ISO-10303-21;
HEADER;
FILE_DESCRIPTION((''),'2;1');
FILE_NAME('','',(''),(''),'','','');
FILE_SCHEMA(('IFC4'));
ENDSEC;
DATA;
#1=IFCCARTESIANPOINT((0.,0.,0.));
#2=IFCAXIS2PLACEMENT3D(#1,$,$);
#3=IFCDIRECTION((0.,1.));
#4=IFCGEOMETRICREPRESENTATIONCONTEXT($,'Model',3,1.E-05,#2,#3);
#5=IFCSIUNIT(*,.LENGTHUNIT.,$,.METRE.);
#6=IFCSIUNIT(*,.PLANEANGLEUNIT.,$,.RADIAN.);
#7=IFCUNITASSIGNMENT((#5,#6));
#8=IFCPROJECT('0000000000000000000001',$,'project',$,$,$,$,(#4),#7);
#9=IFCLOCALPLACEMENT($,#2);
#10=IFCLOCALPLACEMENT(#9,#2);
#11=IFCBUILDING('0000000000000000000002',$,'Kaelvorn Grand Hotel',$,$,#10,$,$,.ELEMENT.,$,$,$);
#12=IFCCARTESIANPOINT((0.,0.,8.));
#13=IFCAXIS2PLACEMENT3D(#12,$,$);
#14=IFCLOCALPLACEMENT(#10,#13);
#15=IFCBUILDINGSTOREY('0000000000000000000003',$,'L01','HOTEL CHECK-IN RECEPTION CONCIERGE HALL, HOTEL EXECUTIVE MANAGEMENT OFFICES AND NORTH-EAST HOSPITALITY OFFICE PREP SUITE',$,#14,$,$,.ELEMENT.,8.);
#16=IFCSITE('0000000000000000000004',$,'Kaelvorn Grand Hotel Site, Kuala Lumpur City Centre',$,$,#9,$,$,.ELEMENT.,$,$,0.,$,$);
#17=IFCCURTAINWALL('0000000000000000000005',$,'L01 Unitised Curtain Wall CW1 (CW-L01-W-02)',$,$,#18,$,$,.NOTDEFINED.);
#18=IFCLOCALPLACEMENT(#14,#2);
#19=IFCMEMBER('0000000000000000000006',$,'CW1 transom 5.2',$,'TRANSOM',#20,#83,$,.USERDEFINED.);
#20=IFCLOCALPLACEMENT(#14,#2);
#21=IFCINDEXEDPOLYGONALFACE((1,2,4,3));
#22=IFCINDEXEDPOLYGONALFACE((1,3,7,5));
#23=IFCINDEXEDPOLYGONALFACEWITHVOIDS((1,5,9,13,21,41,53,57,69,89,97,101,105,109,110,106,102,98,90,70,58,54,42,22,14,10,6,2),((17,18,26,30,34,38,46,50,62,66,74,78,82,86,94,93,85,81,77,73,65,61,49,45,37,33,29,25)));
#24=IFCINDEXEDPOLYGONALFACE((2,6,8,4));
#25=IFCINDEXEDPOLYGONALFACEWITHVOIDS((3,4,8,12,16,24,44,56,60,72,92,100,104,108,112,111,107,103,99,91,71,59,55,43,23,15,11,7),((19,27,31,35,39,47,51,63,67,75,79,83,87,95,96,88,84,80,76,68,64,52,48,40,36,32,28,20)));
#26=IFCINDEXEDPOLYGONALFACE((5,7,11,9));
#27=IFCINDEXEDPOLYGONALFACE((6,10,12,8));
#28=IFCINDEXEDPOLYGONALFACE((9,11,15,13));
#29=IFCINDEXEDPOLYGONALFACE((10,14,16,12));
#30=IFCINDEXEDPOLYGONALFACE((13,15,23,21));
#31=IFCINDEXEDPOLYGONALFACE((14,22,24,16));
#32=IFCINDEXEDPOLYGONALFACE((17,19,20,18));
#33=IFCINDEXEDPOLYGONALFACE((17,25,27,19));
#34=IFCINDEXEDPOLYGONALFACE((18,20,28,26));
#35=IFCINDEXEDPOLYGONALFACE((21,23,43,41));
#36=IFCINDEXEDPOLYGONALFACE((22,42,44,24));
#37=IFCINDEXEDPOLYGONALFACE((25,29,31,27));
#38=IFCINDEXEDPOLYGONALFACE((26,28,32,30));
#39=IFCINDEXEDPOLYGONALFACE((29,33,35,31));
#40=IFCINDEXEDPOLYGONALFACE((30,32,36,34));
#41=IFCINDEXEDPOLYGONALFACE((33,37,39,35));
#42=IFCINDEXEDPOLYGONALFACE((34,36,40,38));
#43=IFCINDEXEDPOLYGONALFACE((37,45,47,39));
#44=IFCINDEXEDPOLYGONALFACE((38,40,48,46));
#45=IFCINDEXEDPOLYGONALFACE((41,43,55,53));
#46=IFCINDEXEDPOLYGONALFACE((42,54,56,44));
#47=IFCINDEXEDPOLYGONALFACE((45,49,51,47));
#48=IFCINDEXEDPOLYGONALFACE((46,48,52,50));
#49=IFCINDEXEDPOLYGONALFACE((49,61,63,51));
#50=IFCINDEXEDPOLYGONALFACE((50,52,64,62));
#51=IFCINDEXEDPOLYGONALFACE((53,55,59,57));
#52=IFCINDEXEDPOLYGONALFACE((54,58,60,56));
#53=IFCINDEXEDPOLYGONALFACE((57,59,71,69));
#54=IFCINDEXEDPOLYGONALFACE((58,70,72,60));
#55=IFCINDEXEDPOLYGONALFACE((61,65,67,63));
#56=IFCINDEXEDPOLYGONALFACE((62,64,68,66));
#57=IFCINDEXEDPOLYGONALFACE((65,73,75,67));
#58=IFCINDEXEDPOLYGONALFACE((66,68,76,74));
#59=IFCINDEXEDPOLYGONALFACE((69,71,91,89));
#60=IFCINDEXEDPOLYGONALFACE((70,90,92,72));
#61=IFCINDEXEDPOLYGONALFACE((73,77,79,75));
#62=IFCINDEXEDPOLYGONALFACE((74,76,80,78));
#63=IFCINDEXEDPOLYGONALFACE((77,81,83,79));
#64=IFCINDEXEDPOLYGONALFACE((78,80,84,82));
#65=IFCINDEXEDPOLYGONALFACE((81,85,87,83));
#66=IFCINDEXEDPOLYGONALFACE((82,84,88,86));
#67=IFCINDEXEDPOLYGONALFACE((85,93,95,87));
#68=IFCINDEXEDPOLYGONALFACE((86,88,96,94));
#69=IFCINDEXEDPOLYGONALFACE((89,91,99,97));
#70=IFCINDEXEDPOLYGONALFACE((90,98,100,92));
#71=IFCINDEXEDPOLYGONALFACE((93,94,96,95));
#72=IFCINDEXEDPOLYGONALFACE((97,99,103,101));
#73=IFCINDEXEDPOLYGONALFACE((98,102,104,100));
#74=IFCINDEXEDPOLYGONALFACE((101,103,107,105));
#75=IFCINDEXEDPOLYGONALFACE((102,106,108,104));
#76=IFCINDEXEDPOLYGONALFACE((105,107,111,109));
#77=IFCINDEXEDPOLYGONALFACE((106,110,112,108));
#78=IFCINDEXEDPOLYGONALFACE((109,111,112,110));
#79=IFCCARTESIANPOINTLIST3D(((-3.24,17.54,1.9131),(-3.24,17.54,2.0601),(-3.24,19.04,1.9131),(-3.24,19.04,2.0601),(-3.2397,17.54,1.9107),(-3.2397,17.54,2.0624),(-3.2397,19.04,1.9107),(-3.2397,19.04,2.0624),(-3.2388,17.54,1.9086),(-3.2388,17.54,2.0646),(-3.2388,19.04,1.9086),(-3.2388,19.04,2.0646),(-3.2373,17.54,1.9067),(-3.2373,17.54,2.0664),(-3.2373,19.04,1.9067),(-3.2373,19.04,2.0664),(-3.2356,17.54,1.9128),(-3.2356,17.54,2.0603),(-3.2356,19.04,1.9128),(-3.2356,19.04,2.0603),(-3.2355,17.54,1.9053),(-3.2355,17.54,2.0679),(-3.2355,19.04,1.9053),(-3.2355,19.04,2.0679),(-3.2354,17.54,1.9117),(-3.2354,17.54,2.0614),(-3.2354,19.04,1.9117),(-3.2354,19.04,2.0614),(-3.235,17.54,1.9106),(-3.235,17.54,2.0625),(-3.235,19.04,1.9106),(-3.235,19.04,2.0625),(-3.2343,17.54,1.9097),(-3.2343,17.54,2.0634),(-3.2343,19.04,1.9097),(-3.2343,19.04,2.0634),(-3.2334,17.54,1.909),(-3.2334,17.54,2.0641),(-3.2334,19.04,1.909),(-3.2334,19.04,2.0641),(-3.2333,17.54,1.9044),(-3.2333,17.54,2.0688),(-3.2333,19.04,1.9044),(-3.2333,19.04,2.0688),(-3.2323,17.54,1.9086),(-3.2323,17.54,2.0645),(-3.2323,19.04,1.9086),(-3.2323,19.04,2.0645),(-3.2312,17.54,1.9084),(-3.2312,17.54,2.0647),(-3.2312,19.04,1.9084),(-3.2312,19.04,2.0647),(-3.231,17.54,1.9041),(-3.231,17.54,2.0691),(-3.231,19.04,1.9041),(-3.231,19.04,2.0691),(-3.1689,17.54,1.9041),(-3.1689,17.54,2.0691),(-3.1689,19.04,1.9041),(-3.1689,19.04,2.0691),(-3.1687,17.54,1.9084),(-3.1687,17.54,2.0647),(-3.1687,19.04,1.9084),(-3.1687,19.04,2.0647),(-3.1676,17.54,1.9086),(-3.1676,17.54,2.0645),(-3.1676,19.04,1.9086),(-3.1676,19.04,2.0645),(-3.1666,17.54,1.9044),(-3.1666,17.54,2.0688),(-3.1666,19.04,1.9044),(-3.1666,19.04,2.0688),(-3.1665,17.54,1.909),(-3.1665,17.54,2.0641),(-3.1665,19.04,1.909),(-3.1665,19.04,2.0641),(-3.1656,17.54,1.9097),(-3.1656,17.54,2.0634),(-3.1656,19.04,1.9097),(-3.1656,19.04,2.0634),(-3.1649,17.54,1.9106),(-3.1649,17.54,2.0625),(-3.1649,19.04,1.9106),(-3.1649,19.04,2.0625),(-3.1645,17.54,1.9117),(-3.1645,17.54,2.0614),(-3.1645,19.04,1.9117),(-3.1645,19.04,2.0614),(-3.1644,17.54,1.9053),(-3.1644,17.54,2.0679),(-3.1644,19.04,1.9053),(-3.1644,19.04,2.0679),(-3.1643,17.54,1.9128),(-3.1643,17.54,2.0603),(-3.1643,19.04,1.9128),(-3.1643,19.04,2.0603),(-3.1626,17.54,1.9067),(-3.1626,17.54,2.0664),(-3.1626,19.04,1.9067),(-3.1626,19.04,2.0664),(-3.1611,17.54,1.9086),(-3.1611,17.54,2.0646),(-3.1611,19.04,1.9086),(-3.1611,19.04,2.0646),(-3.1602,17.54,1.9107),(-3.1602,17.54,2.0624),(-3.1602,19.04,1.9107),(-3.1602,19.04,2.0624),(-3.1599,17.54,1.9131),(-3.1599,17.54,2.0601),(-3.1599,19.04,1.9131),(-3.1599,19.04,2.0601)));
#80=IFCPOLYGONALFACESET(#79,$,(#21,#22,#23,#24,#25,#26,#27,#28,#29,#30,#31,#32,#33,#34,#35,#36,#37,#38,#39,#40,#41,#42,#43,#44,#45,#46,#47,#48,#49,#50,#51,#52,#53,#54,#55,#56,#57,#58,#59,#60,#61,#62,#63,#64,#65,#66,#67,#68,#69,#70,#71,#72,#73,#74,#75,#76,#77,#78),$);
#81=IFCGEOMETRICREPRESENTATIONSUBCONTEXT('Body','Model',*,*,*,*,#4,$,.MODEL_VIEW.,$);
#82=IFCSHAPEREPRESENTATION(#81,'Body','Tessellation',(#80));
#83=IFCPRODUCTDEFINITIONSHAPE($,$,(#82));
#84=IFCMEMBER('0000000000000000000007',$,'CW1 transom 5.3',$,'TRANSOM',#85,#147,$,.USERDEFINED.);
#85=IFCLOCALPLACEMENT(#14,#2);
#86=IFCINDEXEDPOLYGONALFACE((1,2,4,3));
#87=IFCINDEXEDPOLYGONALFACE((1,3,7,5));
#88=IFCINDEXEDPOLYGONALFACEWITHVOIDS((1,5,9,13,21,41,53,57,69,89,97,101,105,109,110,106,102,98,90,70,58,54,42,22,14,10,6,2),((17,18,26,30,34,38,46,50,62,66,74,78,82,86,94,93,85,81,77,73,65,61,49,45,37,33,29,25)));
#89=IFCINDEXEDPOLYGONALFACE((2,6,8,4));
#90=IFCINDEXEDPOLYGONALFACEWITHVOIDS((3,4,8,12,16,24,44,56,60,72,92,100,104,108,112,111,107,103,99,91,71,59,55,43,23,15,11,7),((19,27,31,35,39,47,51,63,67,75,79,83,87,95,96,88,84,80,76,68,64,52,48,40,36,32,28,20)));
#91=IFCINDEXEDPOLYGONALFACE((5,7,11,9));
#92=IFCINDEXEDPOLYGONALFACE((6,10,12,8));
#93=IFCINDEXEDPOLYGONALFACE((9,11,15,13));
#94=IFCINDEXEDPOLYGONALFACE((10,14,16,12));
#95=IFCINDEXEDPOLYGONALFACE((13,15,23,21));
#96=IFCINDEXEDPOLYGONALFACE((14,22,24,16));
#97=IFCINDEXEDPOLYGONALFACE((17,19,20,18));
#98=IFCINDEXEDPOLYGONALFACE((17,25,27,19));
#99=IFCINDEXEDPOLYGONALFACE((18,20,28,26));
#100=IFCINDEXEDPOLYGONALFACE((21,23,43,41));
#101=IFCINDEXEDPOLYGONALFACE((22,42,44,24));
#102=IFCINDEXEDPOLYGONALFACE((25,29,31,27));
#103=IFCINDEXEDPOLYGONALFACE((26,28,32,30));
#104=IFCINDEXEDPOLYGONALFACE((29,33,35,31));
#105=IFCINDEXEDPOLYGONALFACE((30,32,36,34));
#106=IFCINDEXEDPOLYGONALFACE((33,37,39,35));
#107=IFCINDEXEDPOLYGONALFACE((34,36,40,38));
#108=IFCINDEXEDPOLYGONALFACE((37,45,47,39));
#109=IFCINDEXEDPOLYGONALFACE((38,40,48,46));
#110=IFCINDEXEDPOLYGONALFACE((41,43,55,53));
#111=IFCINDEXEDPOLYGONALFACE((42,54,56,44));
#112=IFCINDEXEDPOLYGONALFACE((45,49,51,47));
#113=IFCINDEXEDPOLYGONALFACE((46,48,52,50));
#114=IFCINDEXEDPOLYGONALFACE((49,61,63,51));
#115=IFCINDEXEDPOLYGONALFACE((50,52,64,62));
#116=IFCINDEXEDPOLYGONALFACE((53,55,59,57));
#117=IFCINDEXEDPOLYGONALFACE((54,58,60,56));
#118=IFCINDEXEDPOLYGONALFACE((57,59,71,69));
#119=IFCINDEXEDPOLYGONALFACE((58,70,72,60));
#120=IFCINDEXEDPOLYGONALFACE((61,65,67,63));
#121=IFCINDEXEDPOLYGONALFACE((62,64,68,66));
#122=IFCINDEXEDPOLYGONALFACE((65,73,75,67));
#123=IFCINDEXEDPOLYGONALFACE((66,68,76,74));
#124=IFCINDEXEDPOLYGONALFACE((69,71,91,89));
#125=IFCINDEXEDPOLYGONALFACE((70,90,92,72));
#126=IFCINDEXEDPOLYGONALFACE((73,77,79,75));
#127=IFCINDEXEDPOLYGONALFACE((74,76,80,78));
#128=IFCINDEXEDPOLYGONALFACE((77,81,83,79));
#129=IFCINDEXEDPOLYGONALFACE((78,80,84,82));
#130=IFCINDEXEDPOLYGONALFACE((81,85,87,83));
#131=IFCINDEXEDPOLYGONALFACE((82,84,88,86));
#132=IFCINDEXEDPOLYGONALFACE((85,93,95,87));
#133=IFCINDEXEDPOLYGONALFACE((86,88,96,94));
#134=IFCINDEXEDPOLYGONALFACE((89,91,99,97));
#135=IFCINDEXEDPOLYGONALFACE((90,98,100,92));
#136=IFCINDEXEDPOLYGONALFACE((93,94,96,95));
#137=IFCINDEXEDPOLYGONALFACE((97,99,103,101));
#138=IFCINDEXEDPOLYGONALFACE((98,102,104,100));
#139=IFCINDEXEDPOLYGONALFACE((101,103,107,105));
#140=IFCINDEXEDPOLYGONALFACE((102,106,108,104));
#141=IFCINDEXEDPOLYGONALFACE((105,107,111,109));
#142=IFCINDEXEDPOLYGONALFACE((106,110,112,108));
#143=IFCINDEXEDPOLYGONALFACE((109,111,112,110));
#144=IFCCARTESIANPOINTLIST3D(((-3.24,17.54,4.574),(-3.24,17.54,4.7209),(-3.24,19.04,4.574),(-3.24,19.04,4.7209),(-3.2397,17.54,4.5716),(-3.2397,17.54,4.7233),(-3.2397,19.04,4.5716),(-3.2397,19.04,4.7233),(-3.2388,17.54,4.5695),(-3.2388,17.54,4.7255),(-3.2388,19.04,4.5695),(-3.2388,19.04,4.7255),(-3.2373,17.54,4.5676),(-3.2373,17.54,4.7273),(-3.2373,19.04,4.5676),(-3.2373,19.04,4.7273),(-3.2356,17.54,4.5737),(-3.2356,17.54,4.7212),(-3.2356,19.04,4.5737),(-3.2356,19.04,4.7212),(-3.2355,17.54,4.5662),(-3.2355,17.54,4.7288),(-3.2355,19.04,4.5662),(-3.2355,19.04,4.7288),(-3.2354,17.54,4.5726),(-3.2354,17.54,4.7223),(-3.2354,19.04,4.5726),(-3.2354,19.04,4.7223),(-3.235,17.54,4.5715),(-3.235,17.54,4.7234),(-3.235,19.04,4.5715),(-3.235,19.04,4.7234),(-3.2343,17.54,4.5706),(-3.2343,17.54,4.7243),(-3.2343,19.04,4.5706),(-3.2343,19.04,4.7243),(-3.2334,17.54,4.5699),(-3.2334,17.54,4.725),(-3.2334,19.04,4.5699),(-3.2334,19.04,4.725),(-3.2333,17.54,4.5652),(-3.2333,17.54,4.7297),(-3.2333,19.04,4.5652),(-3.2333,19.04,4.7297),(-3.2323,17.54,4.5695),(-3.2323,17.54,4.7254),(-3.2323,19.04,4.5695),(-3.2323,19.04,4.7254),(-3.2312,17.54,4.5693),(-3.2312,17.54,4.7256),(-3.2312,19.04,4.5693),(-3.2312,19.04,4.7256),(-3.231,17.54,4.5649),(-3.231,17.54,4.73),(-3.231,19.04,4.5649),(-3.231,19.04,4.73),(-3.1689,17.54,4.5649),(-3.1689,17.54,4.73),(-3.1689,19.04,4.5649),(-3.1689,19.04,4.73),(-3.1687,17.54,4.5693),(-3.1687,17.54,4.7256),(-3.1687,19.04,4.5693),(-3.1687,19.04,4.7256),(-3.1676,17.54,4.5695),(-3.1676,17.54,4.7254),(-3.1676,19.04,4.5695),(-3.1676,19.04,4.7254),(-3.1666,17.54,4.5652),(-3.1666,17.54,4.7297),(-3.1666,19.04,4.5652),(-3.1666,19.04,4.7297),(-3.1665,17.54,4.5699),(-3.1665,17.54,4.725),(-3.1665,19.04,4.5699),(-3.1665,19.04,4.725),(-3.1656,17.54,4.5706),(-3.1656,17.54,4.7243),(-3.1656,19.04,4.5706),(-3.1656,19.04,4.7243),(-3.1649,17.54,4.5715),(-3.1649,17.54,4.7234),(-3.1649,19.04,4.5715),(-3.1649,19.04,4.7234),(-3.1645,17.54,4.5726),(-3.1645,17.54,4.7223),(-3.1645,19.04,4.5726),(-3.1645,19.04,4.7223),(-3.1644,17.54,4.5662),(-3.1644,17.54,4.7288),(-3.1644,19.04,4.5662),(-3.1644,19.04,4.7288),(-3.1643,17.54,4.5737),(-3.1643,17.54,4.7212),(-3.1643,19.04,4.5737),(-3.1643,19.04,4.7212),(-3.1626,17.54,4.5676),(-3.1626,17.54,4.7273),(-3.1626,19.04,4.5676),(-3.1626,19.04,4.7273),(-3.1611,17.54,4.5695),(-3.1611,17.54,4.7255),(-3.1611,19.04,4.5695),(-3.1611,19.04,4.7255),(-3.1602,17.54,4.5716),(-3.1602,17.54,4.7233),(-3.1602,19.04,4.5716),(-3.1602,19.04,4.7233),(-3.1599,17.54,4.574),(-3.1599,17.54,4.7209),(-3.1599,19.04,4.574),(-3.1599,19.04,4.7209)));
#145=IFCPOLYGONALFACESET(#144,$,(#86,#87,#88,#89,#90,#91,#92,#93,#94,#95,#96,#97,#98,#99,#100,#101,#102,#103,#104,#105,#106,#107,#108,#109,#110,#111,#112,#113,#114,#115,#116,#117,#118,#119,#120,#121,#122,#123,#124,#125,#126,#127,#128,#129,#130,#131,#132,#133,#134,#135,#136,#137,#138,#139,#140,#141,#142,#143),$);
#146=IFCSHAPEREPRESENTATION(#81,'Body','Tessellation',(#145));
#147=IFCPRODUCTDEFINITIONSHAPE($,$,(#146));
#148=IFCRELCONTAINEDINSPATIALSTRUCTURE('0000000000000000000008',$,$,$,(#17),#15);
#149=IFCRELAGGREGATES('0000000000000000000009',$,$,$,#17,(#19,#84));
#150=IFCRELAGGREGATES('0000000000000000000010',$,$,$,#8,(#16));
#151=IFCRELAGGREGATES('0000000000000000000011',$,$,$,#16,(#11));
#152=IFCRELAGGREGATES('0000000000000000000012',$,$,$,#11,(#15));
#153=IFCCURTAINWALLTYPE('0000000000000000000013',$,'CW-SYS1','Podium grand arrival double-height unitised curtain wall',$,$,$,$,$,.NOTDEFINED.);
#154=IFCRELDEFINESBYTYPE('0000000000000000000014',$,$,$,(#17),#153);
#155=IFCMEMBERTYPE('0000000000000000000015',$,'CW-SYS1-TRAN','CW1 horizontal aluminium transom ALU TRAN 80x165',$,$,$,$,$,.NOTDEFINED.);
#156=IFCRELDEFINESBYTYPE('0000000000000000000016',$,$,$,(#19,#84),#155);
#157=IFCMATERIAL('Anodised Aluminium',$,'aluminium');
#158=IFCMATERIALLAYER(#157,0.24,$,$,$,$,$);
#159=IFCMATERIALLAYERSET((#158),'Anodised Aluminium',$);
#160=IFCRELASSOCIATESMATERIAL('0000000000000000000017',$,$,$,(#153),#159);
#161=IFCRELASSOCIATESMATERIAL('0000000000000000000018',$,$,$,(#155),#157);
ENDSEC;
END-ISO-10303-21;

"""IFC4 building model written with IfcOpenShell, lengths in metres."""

from ifc_helpers import new_model, si_unit, direction, frame, origin, origin_2d, place, context, subcontext, project, spatial, hollow_rectangle, extrude, material, layer, layer_set, material_profile, profile_set, type_object, element, aggregate, save


model = new_model("IFC4")

# Units and contexts
model_context = context("Model", 3, precision=1e-05, world=origin(), true_north=direction((0.0, 1.0)))
body_context = subcontext(model_context, "Body", "Model", "MODEL_VIEW")
ifc_project = project(units=[si_unit("LENGTHUNIT", "METRE"), si_unit("PLANEANGLEUNIT", "RADIAN")], contexts=[model_context])

# Site, building, storey
site_placement = place(None, origin())
site = spatial("IfcSite", under=ifc_project, at=site_placement, Name="Kaelvorn Grand Hotel Site, Kuala Lumpur City Centre", CompositionType="ELEMENT", RefElevation=0.0)
building_placement = place(site_placement, origin())
building = spatial("IfcBuilding", under=site, at=building_placement, Name="Kaelvorn Grand Hotel", CompositionType="ELEMENT")
storey_placement = place(building_placement, frame((0.0, 0.0, 8.0)))
storey = spatial("IfcBuildingStorey", under=building, at=storey_placement, Name="L01", Description="HOTEL CHECK-IN RECEPTION CONCIERGE HALL, HOTEL EXECUTIVE MANAGEMENT OFFICES AND NORTH-EAST HOSPITALITY OFFICE PREP SUITE", CompositionType="ELEMENT", Elevation=8.0)

# Curtain wall
ifc_material_1 = material(Name="Anodised Aluminium", Category="aluminium")
ifc_layer_1 = layer(ifc_material_1, 0.24)
ifc_layer_set_1 = layer_set([ifc_layer_1], Name="Anodised Aluminium")
curtain_wall_type = type_object("IfcCurtainWallType", Name="CW-SYS1", Description="Podium grand arrival double-height unitised curtain wall", PredefinedType="NOTDEFINED", material=ifc_layer_set_1)
curtain_wall_1_placement = place(storey_placement, origin())
curtain_wall_1 = element("IfcCurtainWall", 1, at=curtain_wall_1_placement, inside=storey, type_object=curtain_wall_type, Name="L01 Unitised Curtain Wall CW1 (CW-L01-W-02)", PredefinedType="NOTDEFINED")

# Members
ifc_material_profile_1 = material_profile(ifc_material_1, hollow_rectangle(XDim=0.0801, YDim=0.165, WallThickness=0.0044, InnerFilletRadius=0.0044, OuterFilletRadius=0.009, at=origin_2d()), Name="ALU TRAN 80x165")
ifc_profile_set_1 = profile_set([ifc_material_profile_1], Name="Anodised Aluminium")
member_type_1 = type_object("IfcMemberType", Name="CW-SYS1-TRAN", Description="CW1 horizontal aluminium transom ALU TRAN 80x165", PredefinedType="NOTDEFINED", material=ifc_profile_set_1)
member_1_placement = place(storey_placement, frame((-3.2, 19.04, 1.9866), z_axis=(0.0, -1.0, 0.0), x_axis=(1.0, 0.0, 0.0)))
member_1 = element("IfcMember", 2, at=member_1_placement, type_object=member_type_1, Name="CW1 transom 5.2", ObjectType="TRANSOM", PredefinedType="USERDEFINED", context=body_context, shape_type="SweptSolid", body=[
    extrude(hollow_rectangle(XDim=0.0801, YDim=0.165, WallThickness=0.0044, InnerFilletRadius=0.0044, OuterFilletRadius=0.009, at=origin_2d()), origin(), (0.0, 0.0, 1.0), 1.5),
])
member_2_placement = place(storey_placement, frame((-3.2, 19.04, 4.6475), z_axis=(0.0, -1.0, 0.0), x_axis=(1.0, 0.0, 0.0)))
member_2 = element("IfcMember", 3, at=member_2_placement, type_object=member_type_1, Name="CW1 transom 5.3", ObjectType="TRANSOM", PredefinedType="USERDEFINED", context=body_context, shape_type="SweptSolid", body=[
    extrude(hollow_rectangle(XDim=0.0801, YDim=0.165, WallThickness=0.0044, InnerFilletRadius=0.0044, OuterFilletRadius=0.009, at=origin_2d()), origin(), (0.0, 0.0, 1.0), 1.5),
])

aggregate(curtain_wall_1, [member_1, member_2])

save(model, "model.ifc")
